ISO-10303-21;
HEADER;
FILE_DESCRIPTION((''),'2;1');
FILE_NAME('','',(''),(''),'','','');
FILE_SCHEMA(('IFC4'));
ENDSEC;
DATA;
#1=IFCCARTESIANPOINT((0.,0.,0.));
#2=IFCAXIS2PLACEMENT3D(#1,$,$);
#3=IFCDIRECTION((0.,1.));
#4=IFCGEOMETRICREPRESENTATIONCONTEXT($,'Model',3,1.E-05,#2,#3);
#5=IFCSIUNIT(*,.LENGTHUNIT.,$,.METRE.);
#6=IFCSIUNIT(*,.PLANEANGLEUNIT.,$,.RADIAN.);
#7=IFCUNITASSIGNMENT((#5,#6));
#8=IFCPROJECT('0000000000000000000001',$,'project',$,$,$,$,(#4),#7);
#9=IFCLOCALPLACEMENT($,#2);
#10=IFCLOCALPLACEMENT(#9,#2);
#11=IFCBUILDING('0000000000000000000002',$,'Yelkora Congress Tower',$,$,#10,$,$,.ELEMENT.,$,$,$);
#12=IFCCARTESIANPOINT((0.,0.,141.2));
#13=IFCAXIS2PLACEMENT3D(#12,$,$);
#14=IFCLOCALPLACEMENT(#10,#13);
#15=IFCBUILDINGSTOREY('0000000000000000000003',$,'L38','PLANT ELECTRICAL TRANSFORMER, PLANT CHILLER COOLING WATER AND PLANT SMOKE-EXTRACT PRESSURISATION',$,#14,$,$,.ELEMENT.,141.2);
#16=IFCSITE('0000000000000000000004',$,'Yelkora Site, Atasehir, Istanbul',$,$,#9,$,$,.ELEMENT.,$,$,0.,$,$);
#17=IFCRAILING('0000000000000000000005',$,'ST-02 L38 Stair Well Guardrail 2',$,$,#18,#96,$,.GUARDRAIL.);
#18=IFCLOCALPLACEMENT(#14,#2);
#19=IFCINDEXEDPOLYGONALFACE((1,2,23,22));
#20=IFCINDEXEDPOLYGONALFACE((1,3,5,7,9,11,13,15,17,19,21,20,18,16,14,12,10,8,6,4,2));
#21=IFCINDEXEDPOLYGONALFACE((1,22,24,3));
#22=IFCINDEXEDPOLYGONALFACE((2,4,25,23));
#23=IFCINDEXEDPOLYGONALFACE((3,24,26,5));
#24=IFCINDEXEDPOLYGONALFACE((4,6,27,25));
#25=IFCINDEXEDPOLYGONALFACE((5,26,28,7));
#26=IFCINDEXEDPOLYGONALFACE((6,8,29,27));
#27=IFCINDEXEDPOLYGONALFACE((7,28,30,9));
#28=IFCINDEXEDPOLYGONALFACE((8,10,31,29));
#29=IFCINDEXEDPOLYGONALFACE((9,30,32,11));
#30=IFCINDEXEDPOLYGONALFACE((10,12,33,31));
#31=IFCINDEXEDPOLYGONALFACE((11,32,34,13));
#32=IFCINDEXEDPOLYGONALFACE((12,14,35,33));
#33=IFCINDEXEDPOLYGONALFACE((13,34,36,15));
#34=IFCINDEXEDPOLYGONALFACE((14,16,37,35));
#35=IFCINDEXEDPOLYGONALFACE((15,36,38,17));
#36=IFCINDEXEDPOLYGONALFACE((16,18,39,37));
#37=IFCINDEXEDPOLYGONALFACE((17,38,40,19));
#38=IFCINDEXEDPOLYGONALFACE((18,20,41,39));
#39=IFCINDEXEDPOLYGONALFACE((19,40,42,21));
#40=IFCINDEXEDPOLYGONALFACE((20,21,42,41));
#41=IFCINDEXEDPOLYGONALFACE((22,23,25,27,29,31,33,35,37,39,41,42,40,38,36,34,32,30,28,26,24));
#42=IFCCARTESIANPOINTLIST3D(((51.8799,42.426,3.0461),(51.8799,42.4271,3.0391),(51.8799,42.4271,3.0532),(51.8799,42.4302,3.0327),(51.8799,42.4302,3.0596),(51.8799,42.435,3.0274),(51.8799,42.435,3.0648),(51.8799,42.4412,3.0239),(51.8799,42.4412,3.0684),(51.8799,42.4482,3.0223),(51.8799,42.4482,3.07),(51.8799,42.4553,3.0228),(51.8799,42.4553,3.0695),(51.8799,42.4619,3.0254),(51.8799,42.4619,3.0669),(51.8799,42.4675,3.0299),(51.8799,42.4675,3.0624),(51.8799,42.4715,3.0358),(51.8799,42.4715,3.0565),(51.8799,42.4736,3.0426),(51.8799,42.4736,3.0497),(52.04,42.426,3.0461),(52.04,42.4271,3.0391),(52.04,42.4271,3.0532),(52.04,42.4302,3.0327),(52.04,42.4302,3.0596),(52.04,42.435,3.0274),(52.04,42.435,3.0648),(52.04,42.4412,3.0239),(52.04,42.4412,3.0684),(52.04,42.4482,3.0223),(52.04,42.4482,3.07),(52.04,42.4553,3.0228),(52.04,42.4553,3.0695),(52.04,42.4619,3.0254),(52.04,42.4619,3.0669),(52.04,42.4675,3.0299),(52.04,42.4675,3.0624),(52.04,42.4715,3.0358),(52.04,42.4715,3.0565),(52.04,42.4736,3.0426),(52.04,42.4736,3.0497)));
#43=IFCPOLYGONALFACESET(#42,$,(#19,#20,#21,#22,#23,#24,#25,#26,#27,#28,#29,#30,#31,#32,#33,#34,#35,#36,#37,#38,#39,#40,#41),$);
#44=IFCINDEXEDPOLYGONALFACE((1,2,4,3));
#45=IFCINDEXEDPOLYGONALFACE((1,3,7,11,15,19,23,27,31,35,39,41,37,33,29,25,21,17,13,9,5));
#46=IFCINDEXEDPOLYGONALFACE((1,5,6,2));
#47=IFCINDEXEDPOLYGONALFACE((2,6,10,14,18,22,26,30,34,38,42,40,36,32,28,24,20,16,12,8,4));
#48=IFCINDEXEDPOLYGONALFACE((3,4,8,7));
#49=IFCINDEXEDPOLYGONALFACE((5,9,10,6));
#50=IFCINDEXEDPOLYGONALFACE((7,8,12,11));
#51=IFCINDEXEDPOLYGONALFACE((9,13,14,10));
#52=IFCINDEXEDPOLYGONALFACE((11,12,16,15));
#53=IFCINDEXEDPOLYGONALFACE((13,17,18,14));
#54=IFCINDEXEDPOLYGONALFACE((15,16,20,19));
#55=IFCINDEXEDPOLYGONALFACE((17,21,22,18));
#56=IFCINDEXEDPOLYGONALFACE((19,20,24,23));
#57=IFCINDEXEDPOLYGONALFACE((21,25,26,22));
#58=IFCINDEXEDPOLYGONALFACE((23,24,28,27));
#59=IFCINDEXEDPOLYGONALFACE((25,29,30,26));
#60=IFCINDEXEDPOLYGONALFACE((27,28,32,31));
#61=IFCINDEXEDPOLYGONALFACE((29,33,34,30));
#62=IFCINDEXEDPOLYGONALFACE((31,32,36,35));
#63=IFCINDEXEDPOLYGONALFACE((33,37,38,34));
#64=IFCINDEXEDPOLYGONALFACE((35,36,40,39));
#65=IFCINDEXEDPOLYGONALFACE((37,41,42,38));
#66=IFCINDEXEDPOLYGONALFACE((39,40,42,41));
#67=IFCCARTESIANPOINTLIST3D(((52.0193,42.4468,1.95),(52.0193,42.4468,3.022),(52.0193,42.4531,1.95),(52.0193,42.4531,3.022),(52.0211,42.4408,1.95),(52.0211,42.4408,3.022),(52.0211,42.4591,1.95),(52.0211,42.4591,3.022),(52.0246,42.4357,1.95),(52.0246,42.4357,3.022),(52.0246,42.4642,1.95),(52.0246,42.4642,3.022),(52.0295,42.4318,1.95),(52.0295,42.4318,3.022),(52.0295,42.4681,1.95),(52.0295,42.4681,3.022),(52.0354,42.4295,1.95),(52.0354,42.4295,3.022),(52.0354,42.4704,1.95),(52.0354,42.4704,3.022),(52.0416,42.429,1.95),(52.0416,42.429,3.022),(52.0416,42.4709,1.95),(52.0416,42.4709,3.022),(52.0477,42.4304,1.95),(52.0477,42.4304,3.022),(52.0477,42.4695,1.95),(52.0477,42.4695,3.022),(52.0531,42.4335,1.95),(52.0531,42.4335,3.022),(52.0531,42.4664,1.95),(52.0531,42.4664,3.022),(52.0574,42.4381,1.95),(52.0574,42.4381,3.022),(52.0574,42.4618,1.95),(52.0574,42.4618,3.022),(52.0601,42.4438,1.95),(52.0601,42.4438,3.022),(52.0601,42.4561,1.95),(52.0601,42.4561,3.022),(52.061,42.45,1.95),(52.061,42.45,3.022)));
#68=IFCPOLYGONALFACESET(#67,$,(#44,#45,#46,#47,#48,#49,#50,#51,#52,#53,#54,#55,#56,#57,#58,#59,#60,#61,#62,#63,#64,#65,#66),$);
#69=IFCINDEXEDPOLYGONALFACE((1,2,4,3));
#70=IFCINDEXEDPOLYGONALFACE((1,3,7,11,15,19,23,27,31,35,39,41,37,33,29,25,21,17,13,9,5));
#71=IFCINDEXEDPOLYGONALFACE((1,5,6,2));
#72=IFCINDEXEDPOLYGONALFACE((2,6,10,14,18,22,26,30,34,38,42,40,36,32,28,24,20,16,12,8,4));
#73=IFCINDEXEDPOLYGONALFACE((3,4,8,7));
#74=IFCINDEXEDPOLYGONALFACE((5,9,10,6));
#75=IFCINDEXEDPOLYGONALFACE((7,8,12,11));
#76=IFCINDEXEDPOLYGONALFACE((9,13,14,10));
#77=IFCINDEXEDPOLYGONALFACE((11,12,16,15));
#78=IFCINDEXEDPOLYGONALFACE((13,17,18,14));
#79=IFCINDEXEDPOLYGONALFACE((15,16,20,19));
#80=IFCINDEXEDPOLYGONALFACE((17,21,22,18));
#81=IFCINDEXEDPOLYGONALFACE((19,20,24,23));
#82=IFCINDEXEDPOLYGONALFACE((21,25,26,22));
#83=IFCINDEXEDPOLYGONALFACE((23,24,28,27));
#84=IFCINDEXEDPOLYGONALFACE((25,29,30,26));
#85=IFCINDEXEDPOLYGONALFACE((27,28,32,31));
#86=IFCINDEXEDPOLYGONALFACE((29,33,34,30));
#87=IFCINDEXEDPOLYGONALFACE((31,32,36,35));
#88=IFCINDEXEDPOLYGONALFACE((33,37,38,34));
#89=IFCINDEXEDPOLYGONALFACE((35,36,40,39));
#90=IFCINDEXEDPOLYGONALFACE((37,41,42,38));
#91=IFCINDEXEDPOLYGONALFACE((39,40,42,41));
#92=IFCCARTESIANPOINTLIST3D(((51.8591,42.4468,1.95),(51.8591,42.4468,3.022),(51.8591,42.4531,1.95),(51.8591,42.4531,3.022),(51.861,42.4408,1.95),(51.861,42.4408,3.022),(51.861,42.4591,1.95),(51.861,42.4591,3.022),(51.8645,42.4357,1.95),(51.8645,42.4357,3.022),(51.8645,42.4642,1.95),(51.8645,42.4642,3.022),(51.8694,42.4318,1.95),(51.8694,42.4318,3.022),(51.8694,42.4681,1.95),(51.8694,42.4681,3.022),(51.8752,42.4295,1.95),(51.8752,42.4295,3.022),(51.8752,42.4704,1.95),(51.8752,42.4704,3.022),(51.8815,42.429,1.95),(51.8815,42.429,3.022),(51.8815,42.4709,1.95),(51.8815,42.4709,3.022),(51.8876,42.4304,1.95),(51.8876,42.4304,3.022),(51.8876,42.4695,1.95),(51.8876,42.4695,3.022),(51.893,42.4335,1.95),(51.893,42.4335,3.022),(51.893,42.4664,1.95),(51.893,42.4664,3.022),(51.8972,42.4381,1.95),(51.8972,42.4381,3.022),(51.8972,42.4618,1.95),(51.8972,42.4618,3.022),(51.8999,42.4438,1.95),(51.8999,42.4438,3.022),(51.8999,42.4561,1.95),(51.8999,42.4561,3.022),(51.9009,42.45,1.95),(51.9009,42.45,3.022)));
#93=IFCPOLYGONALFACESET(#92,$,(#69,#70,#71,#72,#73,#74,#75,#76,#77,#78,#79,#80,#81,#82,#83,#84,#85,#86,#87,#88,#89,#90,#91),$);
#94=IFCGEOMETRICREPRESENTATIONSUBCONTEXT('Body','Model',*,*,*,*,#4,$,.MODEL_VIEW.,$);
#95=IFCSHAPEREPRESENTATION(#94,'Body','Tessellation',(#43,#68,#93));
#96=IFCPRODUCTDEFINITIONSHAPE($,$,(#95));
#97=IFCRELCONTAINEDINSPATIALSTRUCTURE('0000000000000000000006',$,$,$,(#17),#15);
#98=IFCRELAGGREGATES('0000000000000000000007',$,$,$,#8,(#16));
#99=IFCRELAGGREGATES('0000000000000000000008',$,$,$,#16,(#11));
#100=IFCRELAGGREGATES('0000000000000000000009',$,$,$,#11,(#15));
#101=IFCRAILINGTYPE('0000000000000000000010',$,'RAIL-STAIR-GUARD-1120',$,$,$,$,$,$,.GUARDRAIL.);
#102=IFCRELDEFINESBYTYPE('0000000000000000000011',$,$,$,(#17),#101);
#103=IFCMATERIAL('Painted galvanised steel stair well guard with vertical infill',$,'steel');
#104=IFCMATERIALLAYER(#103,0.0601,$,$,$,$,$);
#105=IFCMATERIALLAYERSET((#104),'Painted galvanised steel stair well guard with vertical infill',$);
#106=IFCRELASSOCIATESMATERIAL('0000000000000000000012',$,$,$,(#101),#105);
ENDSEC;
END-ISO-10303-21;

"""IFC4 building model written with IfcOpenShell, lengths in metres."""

from ifc_helpers import new_model, si_unit, direction, frame, origin, origin_2d, place, context, subcontext, project, spatial, circle, extrude, material, layer, layer_set, type_object, element, save


model = new_model("IFC4")

# Units and contexts
model_context = context("Model", 3, precision=1e-05, world=origin(), true_north=direction((0.0, 1.0)))
body_context = subcontext(model_context, "Body", "Model", "MODEL_VIEW")
ifc_project = project(units=[si_unit("LENGTHUNIT", "METRE"), si_unit("PLANEANGLEUNIT", "RADIAN")], contexts=[model_context])

# Site, building, storey
site_placement = place(None, origin())
site = spatial("IfcSite", under=ifc_project, at=site_placement, Name="Yelkora Site, Atasehir, Istanbul", CompositionType="ELEMENT", RefElevation=0.0)
building_placement = place(site_placement, origin())
building = spatial("IfcBuilding", under=site, at=building_placement, Name="Yelkora Congress Tower", CompositionType="ELEMENT")
storey_placement = place(building_placement, frame((0.0, 0.0, 141.2)))
storey = spatial("IfcBuildingStorey", under=building, at=storey_placement, Name="L38", Description="PLANT ELECTRICAL TRANSFORMER, PLANT CHILLER COOLING WATER AND PLANT SMOKE-EXTRACT PRESSURISATION", CompositionType="ELEMENT", Elevation=141.2)

# Railing
ifc_material_1 = material(Name="Painted galvanised steel stair well guard with vertical infill", Category="steel")
ifc_layer_1 = layer(ifc_material_1, 0.0601)
ifc_layer_set_1 = layer_set([ifc_layer_1], Name="Painted galvanised steel stair well guard with vertical infill")
railing_type_1 = type_object("IfcRailingType", Name="RAIL-STAIR-GUARD-1120", PredefinedType="GUARDRAIL", material=ifc_layer_set_1)
railing_1_placement = place(storey_placement, frame((52.04, 42.45, 1.95)))
element("IfcRailing", 1, at=railing_1_placement, inside=storey, type_object=railing_type_1, Name="ST-02 L38 Stair Well Guardrail 2", PredefinedType="GUARDRAIL", context=body_context, shape_type="SweptSolid", body=[
    extrude(circle(Radius=0.0239, at=origin_2d()), frame((0.0, 0.0, 1.0962), z_axis=(-1.0, 0.0, 0.0), x_axis=(0.0, -1.0, 0.0)), (0.0, 0.0, 1.0), 0.1602),
    extrude(circle(Radius=0.021, at=origin_2d()), origin(), (0.0, 0.0, 1.0), 1.072),
    extrude(circle(Radius=0.021, at=origin_2d()), frame((-0.1602, 0.0, 0.0)), (0.0, 0.0, 1.0), 1.072),
])

save(model, "model.ifc")
